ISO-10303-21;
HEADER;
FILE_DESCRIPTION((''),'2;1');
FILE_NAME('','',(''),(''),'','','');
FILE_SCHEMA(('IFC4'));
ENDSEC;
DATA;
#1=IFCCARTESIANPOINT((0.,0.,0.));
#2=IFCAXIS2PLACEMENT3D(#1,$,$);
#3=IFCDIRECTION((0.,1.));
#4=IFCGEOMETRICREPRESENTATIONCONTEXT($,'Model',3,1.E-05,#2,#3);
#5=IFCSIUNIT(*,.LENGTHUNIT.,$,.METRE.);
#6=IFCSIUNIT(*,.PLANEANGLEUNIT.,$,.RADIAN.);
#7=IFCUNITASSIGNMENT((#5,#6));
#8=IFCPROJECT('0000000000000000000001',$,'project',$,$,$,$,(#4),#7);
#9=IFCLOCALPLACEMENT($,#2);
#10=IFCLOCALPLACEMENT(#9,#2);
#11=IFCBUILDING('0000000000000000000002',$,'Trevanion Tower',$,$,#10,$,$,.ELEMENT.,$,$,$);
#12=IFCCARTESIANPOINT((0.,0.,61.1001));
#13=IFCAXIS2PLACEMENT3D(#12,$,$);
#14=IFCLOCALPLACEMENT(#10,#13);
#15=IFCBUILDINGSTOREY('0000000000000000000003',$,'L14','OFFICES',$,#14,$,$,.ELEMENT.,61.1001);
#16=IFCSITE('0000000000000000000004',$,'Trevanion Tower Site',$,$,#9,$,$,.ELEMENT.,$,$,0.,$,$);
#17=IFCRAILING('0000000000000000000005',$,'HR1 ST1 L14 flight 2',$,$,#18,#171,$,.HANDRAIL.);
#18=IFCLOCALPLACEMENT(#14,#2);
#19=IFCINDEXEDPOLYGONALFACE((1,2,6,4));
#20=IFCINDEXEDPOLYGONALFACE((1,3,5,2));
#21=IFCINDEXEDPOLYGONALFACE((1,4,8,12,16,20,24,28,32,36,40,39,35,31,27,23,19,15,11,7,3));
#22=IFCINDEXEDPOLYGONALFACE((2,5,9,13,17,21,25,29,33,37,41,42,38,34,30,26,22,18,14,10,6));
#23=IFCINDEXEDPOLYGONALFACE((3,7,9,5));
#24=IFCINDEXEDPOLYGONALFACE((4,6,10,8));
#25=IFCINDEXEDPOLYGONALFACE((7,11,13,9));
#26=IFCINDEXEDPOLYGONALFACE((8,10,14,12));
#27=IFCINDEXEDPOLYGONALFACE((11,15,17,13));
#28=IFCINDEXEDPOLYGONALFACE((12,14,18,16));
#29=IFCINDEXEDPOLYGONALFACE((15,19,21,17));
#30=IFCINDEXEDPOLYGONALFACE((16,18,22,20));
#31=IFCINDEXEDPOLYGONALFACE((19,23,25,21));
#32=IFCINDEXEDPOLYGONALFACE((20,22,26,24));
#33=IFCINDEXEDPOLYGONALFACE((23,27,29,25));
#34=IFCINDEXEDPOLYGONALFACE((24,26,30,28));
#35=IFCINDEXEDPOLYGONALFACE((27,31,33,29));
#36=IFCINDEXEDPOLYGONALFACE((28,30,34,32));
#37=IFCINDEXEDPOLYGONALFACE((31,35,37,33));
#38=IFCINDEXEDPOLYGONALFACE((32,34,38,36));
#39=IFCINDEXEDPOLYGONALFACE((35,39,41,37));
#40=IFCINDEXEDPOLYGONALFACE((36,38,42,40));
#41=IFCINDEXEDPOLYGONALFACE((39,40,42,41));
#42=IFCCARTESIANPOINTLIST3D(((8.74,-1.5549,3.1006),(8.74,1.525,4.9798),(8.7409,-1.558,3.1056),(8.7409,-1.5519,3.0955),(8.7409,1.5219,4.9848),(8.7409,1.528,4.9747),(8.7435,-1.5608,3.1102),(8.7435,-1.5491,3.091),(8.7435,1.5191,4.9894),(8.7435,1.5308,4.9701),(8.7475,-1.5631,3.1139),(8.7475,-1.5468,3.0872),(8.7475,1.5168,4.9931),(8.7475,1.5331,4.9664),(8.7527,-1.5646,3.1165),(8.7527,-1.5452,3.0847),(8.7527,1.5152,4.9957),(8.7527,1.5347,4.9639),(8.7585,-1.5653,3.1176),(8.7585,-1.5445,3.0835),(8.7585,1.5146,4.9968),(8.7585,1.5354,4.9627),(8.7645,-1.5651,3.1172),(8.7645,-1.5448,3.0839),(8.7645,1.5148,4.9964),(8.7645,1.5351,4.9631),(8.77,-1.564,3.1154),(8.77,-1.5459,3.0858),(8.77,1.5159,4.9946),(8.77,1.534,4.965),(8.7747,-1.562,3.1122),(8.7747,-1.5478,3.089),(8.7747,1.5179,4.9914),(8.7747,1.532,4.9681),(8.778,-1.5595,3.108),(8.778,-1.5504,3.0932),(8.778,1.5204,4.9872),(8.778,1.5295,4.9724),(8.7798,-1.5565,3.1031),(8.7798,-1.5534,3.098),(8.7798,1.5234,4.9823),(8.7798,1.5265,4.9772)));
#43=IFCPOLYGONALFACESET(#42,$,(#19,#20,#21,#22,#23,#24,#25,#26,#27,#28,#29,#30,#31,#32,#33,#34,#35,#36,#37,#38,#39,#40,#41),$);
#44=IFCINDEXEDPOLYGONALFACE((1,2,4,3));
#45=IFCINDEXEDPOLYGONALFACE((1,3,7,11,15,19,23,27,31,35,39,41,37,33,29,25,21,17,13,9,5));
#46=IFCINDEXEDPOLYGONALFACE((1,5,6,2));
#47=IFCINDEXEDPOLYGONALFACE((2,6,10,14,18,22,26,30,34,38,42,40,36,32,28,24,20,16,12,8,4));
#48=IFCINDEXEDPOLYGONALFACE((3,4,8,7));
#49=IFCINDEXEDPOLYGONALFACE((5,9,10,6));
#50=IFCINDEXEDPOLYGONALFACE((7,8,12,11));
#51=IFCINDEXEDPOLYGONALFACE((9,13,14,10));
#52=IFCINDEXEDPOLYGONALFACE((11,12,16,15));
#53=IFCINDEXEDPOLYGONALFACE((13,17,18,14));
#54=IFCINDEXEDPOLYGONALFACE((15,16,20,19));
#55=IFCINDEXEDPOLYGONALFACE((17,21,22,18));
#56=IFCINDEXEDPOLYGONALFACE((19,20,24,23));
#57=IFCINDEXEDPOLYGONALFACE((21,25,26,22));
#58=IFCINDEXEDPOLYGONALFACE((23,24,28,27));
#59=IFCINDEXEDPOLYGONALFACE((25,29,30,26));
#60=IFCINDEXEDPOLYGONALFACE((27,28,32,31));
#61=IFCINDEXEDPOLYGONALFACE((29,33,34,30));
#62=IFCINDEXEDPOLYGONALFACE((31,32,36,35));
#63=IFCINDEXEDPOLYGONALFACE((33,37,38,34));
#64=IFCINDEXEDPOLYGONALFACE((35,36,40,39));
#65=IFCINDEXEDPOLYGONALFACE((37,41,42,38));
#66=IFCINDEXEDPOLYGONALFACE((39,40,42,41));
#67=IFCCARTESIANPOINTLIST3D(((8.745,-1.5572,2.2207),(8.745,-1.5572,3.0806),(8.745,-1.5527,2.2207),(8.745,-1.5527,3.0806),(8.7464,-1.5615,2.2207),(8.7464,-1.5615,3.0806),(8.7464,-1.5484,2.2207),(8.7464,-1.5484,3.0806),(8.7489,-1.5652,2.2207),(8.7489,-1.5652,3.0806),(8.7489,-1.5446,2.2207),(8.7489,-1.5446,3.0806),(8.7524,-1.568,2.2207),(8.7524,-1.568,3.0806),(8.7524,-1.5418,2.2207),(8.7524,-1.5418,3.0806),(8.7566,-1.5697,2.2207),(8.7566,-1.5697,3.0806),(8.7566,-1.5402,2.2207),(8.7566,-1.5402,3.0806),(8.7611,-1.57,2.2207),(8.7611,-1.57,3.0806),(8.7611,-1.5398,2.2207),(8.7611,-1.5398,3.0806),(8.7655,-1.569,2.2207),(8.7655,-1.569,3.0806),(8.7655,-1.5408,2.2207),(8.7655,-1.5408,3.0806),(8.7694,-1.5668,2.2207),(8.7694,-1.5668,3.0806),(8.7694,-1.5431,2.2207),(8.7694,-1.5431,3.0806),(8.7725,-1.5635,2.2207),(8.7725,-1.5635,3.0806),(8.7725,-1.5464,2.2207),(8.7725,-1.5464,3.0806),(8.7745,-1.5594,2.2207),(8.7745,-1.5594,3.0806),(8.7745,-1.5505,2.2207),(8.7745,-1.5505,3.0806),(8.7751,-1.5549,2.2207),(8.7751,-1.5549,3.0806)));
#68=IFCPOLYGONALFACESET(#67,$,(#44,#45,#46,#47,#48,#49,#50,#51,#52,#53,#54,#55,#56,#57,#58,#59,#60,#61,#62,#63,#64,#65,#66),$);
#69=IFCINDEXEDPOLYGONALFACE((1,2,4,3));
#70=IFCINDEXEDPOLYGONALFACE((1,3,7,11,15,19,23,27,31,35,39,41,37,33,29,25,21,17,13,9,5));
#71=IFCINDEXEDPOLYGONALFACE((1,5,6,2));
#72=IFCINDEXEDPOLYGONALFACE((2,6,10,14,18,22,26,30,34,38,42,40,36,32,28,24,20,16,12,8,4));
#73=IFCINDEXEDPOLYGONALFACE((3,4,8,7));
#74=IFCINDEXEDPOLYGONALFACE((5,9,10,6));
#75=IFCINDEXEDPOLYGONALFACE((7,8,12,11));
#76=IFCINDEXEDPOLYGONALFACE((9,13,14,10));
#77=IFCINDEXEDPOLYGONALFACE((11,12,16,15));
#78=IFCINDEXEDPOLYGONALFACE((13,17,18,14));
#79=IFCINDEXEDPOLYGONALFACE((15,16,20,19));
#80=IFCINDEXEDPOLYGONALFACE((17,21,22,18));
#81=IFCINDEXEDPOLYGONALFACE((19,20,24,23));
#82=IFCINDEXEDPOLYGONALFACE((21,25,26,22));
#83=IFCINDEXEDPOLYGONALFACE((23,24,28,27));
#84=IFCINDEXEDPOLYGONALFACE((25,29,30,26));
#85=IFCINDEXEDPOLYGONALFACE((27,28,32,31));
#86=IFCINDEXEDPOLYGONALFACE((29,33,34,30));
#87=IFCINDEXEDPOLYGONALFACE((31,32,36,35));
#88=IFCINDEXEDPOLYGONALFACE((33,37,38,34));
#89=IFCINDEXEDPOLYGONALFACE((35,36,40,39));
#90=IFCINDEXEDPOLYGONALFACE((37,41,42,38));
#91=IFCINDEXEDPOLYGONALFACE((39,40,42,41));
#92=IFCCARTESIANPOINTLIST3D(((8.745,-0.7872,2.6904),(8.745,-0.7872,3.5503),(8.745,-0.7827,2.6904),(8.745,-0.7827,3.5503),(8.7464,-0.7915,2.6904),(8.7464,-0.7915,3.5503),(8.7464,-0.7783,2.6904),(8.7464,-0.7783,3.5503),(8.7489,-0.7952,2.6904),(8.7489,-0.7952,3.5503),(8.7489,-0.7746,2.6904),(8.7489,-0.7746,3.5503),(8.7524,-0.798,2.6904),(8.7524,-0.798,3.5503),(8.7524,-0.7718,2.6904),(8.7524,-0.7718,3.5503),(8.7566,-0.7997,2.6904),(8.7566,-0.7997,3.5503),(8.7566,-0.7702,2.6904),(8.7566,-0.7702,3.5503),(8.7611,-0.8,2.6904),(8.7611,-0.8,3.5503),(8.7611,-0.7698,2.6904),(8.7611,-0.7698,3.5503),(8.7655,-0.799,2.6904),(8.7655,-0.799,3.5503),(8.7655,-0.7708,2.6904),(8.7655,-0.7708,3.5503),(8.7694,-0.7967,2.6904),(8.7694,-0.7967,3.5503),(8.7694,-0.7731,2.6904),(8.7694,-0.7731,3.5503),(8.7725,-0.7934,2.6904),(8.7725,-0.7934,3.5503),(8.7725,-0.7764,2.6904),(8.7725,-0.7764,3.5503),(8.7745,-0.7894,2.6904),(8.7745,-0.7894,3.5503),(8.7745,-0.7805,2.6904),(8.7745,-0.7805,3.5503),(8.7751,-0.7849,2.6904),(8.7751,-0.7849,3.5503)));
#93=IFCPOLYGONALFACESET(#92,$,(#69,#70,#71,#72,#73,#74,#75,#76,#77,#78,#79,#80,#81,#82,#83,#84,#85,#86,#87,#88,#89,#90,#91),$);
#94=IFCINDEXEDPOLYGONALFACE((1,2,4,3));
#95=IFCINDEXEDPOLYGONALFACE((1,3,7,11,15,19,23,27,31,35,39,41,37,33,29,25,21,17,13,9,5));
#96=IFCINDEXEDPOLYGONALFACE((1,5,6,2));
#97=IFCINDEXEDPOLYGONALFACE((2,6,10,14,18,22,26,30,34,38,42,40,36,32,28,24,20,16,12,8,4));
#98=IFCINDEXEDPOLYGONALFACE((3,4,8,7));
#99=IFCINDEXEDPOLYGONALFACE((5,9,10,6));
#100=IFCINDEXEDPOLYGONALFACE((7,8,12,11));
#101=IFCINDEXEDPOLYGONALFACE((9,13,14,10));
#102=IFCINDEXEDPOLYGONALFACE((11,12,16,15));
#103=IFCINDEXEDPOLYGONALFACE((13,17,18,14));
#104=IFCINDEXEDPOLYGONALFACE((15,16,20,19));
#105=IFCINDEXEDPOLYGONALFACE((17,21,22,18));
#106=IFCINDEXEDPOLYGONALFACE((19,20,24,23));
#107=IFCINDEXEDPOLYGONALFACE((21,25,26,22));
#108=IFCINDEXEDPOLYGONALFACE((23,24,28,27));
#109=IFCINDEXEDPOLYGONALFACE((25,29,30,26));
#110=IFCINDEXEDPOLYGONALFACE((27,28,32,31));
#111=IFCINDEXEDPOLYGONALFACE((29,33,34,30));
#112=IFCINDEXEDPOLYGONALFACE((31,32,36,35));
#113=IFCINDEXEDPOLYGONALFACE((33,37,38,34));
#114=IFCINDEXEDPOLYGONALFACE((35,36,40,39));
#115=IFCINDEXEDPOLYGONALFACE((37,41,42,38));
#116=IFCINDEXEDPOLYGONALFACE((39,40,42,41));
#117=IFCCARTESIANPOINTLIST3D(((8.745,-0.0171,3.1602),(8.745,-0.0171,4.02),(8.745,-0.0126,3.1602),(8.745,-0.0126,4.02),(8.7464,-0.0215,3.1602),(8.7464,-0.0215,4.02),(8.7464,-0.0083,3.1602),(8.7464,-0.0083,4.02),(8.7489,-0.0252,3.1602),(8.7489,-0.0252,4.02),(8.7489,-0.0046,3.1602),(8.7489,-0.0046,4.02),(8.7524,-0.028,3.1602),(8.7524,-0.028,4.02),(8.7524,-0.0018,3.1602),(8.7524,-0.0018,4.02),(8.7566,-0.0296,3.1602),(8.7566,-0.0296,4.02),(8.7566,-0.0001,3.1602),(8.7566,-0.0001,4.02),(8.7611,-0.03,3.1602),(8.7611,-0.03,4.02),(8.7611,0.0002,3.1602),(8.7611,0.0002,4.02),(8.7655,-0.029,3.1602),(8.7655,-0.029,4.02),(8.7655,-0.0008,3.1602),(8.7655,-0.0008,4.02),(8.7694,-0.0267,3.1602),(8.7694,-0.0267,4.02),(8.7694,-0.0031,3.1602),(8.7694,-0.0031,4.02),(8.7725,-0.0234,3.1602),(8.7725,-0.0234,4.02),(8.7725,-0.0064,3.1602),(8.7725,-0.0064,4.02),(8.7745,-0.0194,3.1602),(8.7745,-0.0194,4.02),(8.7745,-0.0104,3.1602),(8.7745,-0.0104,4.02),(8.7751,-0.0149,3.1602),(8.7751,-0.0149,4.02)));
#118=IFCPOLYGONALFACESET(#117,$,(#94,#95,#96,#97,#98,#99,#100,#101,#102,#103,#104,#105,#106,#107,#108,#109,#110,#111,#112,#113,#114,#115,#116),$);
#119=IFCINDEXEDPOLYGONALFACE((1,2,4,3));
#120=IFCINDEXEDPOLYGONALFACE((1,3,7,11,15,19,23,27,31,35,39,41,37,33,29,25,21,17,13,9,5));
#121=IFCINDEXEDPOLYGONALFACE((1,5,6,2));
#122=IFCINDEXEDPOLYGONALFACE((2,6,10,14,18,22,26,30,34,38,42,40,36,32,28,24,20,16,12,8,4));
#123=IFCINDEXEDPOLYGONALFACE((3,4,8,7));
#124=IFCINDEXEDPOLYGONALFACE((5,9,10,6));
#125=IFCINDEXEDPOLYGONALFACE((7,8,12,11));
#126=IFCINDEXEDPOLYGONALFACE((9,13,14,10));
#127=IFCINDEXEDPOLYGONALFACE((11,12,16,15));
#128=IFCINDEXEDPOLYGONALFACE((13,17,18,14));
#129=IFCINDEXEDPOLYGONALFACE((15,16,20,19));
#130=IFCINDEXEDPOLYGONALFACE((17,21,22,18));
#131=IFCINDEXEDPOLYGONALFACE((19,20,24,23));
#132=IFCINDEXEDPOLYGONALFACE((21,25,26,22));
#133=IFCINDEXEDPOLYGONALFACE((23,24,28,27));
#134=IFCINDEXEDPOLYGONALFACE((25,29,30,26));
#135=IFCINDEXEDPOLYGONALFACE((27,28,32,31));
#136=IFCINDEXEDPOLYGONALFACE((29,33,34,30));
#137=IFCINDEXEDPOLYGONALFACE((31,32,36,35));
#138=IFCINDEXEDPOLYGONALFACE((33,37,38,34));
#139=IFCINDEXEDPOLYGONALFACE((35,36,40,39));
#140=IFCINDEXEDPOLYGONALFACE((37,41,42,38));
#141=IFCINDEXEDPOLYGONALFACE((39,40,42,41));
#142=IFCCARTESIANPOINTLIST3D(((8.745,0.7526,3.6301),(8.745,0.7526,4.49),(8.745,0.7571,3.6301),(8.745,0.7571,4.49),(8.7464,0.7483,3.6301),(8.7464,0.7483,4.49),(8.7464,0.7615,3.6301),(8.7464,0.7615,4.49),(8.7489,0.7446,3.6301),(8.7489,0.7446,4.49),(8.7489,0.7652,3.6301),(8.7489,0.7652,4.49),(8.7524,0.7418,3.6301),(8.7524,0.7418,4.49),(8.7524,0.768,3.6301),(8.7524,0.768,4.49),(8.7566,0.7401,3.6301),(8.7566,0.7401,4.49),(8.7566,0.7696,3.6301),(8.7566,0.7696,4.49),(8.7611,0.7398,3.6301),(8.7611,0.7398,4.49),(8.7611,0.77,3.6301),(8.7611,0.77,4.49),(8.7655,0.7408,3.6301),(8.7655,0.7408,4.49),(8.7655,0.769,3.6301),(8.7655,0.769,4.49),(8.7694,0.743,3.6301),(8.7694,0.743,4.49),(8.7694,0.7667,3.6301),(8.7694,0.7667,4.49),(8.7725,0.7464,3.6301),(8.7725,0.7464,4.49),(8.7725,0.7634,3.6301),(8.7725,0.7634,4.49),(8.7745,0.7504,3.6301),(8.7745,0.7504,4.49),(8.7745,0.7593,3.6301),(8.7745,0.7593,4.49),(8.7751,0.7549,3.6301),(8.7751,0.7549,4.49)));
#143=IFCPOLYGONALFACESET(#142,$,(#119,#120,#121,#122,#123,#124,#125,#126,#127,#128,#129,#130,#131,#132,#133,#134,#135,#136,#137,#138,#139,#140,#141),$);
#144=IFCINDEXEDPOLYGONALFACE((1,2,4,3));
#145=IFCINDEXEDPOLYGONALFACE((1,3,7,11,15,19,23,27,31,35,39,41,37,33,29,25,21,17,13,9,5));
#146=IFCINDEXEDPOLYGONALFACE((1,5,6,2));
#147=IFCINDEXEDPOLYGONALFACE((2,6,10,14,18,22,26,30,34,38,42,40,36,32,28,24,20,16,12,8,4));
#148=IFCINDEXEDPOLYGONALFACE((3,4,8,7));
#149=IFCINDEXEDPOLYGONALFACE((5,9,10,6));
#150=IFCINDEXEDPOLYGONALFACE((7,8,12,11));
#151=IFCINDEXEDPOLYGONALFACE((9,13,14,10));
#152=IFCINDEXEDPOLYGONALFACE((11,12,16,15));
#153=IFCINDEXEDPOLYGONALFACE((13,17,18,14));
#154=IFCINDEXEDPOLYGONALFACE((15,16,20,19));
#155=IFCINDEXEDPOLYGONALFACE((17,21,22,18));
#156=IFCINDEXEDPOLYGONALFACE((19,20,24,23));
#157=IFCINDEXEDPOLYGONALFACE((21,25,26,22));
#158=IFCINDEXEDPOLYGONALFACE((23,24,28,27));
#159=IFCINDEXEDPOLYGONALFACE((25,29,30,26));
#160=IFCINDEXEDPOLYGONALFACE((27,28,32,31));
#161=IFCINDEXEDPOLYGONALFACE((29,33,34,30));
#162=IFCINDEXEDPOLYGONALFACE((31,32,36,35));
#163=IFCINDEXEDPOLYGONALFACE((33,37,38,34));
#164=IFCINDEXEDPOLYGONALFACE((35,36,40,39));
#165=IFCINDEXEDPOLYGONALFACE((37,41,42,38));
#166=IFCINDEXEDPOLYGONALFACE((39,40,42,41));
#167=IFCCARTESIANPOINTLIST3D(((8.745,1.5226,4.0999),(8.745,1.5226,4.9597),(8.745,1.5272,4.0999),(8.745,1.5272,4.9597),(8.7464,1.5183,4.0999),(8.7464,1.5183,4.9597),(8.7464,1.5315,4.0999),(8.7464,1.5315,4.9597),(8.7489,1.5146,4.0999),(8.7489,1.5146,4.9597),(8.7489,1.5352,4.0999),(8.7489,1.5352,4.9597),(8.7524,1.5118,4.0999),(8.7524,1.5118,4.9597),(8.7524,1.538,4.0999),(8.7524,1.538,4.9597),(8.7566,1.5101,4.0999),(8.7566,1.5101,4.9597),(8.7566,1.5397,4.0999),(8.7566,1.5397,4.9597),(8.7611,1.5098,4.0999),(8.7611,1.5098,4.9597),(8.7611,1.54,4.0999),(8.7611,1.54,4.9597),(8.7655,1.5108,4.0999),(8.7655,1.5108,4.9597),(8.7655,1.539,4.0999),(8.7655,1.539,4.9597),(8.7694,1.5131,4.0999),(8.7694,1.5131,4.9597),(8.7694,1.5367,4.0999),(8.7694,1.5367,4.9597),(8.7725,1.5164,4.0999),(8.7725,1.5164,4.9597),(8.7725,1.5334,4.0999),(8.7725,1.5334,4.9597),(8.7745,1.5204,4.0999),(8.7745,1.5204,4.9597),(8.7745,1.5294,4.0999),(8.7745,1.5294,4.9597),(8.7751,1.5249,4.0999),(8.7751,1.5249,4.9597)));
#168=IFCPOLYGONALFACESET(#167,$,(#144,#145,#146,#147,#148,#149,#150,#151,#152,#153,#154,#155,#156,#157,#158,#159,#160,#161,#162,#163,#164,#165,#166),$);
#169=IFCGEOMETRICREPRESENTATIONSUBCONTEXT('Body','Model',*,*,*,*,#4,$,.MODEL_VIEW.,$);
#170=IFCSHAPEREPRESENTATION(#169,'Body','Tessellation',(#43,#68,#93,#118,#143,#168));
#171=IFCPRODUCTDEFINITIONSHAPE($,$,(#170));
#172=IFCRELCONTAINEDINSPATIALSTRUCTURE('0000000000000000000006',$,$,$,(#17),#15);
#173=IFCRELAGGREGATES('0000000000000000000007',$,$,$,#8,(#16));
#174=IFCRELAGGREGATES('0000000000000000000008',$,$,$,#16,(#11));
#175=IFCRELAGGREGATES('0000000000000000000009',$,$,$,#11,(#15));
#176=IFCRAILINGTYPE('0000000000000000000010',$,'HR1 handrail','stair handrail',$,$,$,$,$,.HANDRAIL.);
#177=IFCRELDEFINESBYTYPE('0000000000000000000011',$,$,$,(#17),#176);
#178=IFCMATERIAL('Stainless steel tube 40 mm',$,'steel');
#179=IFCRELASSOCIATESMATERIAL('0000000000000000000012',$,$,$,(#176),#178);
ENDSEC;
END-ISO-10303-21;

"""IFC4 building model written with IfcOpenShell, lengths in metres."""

from ifc_helpers import new_model, si_unit, direction, frame, origin, origin_2d, place, context, subcontext, project, spatial, circle, extrude, material, type_object, element, save


model = new_model("IFC4")

# Units and contexts
model_context = context("Model", 3, precision=1e-05, world=origin(), true_north=direction((0.0, 1.0)))
body_context = subcontext(model_context, "Body", "Model", "MODEL_VIEW")
ifc_project = project(units=[si_unit("LENGTHUNIT", "METRE"), si_unit("PLANEANGLEUNIT", "RADIAN")], contexts=[model_context])

# Site, building, storey
site_placement = place(None, origin())
site = spatial("IfcSite", under=ifc_project, at=site_placement, Name="Trevanion Tower Site", CompositionType="ELEMENT", RefElevation=0.0)
building_placement = place(site_placement, origin())
building = spatial("IfcBuilding", under=site, at=building_placement, Name="Trevanion Tower", CompositionType="ELEMENT")
storey_placement = place(building_placement, frame((0.0, 0.0, 61.1001)))
storey = spatial("IfcBuildingStorey", under=building, at=storey_placement, Name="L14", Description="OFFICES", CompositionType="ELEMENT", Elevation=61.1001)

# Railing
ifc_material_1 = material(Name="Stainless steel tube 40 mm", Category="steel")
railing_type = type_object("IfcRailingType", Name="HR1 handrail", Description="stair handrail", PredefinedType="HANDRAIL", material=ifc_material_1)
for number, where, name in (
    (1, (8.76, -1.5549, 2.2207), "HR1 ST1 L14 flight 2"),
):
    element("IfcRailing", number, at=place(storey_placement, frame(where)), inside=storey, type_object=railing_type, Name=name, PredefinedType="HANDRAIL", context=body_context, shape_type="SweptSolid", body=[
        extrude(circle(Radius=0.02, at=origin_2d()), frame((0.0, 0.0, 0.8799), z_axis=(0.0, 0.853648, 0.52085), x_axis=(-1.0, 0.0, 0.0)), (0.0, 0.0, 1.0), 3.6079),
        extrude(circle(Radius=0.0151, at=origin_2d()), origin(), (0.0, 0.0, 1.0), 0.8599),
        extrude(circle(Radius=0.0151, at=origin_2d()), frame((0.0, 0.77, 0.4697)), (0.0, 0.0, 1.0), 0.8599),
        extrude(circle(Radius=0.0151, at=origin_2d()), frame((0.0, 1.54, 0.9395)), (0.0, 0.0, 1.0), 0.8599),
        extrude(circle(Radius=0.0151, at=origin_2d()), frame((0.0, 2.3098, 1.4094)), (0.0, 0.0, 1.0), 0.8599),
        extrude(circle(Radius=0.0151, at=origin_2d()), frame((0.0, 3.0798, 1.8792)), (0.0, 0.0, 1.0), 0.8599),
    ])

save(model, "model.ifc")
